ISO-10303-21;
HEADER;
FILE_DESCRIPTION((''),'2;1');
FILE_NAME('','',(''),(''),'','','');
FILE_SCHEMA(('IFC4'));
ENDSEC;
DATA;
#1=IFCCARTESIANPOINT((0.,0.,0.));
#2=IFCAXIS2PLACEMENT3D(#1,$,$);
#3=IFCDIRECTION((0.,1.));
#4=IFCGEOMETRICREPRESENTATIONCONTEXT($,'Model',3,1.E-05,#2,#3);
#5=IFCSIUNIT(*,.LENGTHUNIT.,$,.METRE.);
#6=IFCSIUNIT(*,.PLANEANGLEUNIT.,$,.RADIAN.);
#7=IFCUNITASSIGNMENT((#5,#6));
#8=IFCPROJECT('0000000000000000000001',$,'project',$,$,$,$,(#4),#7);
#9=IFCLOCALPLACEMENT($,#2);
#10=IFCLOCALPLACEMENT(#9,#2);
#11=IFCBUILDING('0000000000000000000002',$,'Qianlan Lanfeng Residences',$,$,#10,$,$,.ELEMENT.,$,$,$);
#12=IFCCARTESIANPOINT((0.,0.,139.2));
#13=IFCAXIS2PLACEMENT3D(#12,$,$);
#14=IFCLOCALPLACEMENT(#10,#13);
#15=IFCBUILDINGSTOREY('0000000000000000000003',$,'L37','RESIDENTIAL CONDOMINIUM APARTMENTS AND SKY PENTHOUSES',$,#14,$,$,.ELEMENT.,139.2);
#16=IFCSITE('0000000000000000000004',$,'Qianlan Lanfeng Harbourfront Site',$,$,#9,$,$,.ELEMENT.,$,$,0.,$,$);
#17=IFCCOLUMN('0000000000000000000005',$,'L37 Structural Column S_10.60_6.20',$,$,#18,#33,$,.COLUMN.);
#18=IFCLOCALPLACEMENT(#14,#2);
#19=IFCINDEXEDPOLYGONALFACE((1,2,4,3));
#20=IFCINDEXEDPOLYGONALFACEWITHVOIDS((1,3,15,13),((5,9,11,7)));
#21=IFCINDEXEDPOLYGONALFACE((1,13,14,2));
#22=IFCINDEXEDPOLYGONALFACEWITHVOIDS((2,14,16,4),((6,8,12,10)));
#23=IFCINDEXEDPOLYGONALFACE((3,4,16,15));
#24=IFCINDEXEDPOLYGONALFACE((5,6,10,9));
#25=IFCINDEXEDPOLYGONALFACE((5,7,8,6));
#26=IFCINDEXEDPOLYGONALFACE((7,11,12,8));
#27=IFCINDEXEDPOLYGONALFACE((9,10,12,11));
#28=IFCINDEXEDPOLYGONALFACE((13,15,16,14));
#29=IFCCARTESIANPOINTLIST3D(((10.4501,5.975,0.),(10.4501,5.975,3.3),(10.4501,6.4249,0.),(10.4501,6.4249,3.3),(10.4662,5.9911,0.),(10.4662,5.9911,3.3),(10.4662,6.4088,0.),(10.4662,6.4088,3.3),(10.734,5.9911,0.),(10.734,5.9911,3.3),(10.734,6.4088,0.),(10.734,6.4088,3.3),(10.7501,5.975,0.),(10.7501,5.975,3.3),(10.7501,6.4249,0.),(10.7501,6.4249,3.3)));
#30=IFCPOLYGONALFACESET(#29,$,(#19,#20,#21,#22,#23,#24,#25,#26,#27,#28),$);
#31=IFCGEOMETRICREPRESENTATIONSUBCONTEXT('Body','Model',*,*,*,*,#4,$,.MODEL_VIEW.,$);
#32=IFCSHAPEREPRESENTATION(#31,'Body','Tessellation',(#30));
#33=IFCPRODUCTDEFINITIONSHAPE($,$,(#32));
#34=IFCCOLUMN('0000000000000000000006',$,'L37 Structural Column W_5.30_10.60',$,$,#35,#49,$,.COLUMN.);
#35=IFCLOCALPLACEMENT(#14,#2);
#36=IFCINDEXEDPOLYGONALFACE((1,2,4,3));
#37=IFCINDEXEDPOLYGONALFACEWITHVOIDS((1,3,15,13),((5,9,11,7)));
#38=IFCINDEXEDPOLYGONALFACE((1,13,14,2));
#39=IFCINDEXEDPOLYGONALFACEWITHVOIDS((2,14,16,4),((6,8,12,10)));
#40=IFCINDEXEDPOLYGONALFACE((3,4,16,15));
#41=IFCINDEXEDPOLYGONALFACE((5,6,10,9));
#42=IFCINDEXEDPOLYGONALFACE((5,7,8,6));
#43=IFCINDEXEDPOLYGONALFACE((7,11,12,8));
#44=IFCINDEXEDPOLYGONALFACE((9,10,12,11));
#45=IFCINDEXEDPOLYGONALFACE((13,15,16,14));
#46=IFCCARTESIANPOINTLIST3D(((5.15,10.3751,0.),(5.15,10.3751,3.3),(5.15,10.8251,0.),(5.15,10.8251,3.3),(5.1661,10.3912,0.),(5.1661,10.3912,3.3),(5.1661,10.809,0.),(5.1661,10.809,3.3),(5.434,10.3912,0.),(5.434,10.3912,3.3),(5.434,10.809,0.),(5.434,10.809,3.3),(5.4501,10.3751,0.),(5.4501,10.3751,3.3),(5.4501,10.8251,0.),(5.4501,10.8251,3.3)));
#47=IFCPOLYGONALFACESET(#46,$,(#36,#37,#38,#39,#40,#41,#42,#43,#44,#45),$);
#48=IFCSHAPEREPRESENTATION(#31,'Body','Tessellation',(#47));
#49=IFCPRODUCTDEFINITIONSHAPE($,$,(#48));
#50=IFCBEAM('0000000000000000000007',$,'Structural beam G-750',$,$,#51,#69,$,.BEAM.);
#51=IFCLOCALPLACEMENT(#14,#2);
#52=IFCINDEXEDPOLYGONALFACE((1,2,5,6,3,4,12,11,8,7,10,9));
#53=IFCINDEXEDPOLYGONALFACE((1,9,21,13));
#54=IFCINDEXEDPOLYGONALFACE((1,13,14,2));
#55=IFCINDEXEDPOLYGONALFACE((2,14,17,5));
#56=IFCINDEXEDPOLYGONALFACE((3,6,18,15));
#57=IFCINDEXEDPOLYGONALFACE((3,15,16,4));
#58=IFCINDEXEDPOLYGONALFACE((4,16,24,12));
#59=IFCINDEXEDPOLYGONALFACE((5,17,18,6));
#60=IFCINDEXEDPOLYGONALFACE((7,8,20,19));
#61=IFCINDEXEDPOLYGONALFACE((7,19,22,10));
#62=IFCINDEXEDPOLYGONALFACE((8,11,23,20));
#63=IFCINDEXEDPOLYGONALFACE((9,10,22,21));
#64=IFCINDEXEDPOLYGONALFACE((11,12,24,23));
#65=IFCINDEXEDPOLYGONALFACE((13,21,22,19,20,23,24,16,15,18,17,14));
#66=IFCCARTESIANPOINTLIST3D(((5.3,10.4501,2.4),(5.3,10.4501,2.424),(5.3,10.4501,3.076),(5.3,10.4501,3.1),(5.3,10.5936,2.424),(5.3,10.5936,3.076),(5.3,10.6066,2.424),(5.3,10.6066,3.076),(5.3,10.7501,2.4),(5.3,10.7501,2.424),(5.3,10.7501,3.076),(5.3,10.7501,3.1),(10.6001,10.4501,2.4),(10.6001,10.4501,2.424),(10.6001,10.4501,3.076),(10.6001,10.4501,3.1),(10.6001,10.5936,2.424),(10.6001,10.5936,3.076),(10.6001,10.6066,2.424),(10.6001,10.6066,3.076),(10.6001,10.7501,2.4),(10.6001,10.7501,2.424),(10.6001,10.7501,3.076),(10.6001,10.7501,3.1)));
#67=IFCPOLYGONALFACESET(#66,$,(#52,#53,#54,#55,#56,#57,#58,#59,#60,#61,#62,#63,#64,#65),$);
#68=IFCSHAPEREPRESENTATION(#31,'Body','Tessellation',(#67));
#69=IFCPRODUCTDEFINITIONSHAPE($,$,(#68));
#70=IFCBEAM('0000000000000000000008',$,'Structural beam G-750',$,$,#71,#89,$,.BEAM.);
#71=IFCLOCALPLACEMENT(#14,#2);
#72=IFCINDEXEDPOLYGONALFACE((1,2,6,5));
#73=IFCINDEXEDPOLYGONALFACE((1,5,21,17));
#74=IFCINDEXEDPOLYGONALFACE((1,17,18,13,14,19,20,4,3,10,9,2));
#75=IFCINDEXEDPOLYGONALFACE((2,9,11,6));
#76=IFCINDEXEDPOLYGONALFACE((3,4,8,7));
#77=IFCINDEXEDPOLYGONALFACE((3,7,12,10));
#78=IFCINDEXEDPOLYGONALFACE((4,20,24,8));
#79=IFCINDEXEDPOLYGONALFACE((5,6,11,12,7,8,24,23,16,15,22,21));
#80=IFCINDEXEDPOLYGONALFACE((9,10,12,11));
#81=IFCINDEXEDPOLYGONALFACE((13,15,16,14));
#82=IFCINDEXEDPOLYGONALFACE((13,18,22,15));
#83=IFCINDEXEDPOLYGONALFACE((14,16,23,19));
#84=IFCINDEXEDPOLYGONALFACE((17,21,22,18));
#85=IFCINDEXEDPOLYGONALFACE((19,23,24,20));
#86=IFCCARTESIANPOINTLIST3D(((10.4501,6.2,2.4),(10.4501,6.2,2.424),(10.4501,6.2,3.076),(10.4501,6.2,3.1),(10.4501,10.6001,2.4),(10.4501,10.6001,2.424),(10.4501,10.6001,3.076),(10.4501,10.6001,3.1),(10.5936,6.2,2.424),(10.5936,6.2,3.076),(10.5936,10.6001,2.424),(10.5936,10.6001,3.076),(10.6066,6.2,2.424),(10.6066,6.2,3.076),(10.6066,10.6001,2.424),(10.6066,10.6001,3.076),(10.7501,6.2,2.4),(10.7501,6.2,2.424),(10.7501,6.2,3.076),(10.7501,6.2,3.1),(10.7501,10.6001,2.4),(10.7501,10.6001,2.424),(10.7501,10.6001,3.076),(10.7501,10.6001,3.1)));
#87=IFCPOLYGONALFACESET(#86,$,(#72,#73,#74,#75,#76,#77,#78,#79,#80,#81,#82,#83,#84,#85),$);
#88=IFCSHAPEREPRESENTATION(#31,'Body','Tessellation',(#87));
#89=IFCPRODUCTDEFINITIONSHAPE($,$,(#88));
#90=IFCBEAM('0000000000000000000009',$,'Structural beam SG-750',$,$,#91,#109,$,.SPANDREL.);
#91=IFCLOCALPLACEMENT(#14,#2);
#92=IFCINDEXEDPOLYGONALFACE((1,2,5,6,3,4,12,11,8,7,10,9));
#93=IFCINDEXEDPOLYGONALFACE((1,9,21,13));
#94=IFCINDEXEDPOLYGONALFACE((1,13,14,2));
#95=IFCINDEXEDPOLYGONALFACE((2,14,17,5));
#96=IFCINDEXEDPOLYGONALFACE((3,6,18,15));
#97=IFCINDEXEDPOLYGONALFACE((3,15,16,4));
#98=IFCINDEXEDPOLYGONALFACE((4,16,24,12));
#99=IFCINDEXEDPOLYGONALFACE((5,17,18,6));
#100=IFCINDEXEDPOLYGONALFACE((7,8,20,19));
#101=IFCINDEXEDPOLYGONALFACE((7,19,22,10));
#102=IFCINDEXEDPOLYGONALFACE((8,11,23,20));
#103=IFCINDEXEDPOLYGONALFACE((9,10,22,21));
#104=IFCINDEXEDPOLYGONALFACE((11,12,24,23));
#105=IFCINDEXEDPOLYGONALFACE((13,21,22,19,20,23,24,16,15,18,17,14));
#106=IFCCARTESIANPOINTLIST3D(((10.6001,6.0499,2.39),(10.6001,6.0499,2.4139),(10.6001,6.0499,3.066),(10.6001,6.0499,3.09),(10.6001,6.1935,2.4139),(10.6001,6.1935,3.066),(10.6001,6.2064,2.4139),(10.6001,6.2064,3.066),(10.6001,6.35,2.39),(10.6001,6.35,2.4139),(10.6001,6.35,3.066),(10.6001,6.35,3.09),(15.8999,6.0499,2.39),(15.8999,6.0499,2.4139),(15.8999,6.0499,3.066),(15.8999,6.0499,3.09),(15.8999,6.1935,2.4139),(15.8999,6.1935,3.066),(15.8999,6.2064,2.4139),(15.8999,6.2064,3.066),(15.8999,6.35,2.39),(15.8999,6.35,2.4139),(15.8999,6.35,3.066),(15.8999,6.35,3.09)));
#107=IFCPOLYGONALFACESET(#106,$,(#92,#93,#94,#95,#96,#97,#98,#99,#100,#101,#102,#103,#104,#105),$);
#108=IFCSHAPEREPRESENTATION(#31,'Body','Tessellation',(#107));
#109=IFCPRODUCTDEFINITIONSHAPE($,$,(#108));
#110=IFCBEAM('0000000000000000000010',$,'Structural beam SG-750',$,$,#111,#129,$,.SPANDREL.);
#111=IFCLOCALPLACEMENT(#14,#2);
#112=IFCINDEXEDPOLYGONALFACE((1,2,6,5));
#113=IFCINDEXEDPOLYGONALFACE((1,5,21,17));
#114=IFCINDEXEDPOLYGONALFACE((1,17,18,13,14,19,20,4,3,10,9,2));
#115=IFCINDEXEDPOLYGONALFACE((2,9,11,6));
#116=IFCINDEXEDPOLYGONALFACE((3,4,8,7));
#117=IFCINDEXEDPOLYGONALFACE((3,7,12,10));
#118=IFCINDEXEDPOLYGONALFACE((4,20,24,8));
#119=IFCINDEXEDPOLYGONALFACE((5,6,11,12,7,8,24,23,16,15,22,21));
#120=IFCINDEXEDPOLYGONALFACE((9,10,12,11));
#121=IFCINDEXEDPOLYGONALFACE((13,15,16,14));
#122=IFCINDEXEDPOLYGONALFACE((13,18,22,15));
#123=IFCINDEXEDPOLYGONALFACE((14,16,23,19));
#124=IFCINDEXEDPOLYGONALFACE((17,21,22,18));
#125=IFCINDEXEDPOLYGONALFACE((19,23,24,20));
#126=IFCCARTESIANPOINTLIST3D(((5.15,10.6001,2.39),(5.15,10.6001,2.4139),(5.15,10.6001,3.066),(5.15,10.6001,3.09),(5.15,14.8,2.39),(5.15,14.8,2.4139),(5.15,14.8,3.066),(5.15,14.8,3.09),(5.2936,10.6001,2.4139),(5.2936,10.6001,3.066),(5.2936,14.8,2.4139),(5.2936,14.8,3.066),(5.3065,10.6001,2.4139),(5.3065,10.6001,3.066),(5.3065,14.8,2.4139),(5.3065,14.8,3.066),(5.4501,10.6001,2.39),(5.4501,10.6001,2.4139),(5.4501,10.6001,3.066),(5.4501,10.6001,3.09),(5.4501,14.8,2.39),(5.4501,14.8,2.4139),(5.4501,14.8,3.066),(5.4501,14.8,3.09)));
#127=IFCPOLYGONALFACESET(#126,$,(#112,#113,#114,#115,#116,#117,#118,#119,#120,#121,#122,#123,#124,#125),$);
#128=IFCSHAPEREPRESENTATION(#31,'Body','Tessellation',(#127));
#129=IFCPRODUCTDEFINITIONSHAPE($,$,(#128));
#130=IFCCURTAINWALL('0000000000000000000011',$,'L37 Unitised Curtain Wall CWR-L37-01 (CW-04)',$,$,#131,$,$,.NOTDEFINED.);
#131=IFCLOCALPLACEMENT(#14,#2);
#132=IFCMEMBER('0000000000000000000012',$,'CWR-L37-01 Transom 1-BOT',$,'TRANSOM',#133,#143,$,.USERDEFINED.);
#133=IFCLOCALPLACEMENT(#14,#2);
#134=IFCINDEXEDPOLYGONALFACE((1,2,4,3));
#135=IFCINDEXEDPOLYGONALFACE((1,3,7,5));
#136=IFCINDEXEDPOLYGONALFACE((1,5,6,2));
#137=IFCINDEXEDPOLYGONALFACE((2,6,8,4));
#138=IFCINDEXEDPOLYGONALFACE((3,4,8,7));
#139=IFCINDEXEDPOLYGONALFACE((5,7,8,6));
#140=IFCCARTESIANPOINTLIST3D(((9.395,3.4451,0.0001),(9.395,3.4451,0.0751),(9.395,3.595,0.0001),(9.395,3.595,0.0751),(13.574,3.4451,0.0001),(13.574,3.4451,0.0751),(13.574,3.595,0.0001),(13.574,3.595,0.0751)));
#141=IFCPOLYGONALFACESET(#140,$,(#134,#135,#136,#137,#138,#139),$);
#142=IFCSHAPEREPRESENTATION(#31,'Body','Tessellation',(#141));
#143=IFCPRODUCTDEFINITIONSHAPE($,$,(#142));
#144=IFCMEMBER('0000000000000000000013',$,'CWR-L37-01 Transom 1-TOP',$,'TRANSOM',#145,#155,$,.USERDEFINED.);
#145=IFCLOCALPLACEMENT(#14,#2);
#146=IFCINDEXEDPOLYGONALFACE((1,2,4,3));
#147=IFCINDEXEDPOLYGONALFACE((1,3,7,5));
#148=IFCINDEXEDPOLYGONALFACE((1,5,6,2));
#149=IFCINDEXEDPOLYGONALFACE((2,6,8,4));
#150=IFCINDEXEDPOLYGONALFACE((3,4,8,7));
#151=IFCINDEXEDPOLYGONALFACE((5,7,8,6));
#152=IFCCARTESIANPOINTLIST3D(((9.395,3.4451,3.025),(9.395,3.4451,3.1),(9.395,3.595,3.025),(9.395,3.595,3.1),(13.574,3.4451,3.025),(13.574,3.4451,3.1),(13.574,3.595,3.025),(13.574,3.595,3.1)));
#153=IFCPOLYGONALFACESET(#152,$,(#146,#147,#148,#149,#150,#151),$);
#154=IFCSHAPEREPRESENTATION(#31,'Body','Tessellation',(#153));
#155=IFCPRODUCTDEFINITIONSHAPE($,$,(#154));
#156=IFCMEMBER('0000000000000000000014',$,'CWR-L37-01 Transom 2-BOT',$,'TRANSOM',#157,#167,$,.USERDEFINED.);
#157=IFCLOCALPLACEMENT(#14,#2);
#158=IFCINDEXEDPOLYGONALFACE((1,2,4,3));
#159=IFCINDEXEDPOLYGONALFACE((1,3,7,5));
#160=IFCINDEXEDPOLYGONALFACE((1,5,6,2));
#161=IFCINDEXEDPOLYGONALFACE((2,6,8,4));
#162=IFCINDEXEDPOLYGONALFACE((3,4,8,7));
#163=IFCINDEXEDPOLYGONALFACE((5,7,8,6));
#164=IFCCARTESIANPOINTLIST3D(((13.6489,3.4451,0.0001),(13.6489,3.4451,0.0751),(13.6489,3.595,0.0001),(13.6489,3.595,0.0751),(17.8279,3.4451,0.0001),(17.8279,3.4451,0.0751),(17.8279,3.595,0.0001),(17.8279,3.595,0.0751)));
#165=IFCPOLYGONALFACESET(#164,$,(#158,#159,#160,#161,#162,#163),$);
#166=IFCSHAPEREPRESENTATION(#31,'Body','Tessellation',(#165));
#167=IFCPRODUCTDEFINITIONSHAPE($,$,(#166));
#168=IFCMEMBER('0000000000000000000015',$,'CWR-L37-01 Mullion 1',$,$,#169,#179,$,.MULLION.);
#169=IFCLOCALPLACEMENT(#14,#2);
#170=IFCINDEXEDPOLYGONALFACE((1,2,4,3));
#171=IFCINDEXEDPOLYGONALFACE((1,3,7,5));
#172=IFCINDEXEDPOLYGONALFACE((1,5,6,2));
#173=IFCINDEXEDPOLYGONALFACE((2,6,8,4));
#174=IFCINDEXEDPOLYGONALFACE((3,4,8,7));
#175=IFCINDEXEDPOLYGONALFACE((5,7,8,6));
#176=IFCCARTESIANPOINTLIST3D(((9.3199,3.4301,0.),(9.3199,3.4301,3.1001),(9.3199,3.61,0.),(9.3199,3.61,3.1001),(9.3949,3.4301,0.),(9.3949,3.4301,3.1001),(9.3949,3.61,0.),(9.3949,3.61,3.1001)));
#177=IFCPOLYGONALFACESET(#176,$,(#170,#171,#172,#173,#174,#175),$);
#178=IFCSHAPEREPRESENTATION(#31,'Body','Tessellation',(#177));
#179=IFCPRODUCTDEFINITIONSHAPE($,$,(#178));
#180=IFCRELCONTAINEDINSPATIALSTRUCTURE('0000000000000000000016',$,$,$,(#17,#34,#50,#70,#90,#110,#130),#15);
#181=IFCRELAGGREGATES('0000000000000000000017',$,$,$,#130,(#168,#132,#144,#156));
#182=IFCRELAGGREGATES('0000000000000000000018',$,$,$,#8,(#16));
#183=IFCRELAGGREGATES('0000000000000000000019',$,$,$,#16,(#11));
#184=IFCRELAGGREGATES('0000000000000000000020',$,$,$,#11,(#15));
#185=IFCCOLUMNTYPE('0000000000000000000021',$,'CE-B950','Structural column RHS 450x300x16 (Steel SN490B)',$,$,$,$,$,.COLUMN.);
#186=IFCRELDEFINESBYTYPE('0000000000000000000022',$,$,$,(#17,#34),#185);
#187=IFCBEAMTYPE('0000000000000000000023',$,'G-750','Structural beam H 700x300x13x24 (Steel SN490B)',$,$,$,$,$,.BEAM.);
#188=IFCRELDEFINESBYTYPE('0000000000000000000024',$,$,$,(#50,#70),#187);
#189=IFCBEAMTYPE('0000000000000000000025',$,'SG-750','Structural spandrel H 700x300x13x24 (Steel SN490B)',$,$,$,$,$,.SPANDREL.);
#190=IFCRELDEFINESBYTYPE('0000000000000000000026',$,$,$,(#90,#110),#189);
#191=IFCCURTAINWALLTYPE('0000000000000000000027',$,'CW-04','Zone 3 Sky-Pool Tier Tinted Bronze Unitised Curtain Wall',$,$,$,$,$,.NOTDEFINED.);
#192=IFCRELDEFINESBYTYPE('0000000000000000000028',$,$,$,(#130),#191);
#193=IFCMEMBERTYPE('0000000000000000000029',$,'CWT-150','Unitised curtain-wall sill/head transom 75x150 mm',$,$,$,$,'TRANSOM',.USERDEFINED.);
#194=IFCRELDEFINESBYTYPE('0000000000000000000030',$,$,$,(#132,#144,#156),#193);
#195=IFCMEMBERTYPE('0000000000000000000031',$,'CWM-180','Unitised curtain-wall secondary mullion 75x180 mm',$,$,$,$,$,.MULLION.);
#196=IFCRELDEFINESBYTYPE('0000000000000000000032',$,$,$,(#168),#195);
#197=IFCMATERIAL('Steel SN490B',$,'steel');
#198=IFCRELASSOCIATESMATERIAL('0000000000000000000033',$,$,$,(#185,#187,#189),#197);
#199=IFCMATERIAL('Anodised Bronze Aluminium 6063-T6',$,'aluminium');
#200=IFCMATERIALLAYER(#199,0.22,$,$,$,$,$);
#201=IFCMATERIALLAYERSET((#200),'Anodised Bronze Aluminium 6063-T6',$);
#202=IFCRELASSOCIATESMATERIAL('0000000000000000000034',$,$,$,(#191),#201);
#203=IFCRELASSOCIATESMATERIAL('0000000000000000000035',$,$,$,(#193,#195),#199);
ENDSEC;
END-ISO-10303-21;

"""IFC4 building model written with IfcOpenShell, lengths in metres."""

from ifc_helpers import new_model, si_unit, direction, frame, origin, origin_2d, place, context, subcontext, project, spatial, rectangle, hollow_rectangle, i_section, extrude, source, transform, mapped, material, layer, layer_set, material_profile, profile_set, type_object, element, aggregate, save


model = new_model("IFC4")

# Units and contexts
model_context = context("Model", 3, precision=1e-05, world=origin(), true_north=direction((0.0, 1.0)))
body_context = subcontext(model_context, "Body", "Model", "MODEL_VIEW")
ifc_project = project(units=[si_unit("LENGTHUNIT", "METRE"), si_unit("PLANEANGLEUNIT", "RADIAN")], contexts=[model_context])

# Site, building, storey
site_placement = place(None, origin())
site = spatial("IfcSite", under=ifc_project, at=site_placement, Name="Qianlan Lanfeng Harbourfront Site", CompositionType="ELEMENT", RefElevation=0.0)
building_placement = place(site_placement, origin())
building = spatial("IfcBuilding", under=site, at=building_placement, Name="Qianlan Lanfeng Residences", CompositionType="ELEMENT")
storey_placement = place(building_placement, frame((0.0, 0.0, 139.2)))
storey = spatial("IfcBuildingStorey", under=building, at=storey_placement, Name="L37", Description="RESIDENTIAL CONDOMINIUM APARTMENTS AND SKY PENTHOUSES", CompositionType="ELEMENT", Elevation=139.2)

# Columns
ifc_material_1 = material(Name="Steel SN490B", Category="steel")
ifc_material_profile_1 = material_profile(ifc_material_1, hollow_rectangle(XDim=0.3, YDim=0.45, WallThickness=0.0161, at=origin_2d()), Name="RHS 450x300x16")
ifc_profile_set_1 = profile_set([ifc_material_profile_1], Name="Steel SN490B")
column_type = type_object("IfcColumnType", Name="CE-B950", Description="Structural column RHS 450x300x16 (Steel SN490B)", PredefinedType="COLUMN", material=ifc_profile_set_1)
for number, where, z_axis, x_axis, name in (
    (1, (10.6001, 6.2, 0.0), (0.0, 0.0, 1.0), (1.0, 0.0, 0.0), "L37 Structural Column S_10.60_6.20"),
    (2, (5.3, 10.6001, 0.0), (0.0, 0.0, 1.0), (1.0, 0.0, 0.0), "L37 Structural Column W_5.30_10.60"),
):
    element("IfcColumn", number, at=place(storey_placement, frame(where, z_axis=z_axis, x_axis=x_axis)), inside=storey, type_object=column_type, Name=name, PredefinedType="COLUMN", context=body_context, shape_type="SweptSolid", body=[
        extrude(hollow_rectangle(XDim=0.3, YDim=0.45, WallThickness=0.0161, at=origin_2d()), origin(), (0.0, 0.0, 1.0), 3.3),
    ])

# Beams
ifc_material_profile_2 = material_profile(ifc_material_1, i_section(OverallWidth=0.3, OverallDepth=0.7, WebThickness=0.0129, FlangeThickness=0.0239, at=origin_2d()), Name="H 700x300x13x24")
ifc_profile_set_2 = profile_set([ifc_material_profile_2], Name="Steel SN490B")
beam_type_1 = type_object("IfcBeamType", Name="G-750", Description="Structural beam H 700x300x13x24 (Steel SN490B)", PredefinedType="BEAM", material=ifc_profile_set_2)
beam_1_placement = place(storey_placement, frame((5.3, 10.6001, 2.75), z_axis=(1.0, 0.0, 0.0), x_axis=(0.0, 1.0, 0.0)))
element("IfcBeam", 3, at=beam_1_placement, inside=storey, type_object=beam_type_1, Name="Structural beam G-750", PredefinedType="BEAM", context=body_context, shape_type="SweptSolid", body=[
    extrude(i_section(OverallWidth=0.3, OverallDepth=0.7, WebThickness=0.0129, FlangeThickness=0.0239, at=origin_2d()), origin(), (0.0, 0.0, 1.0), 5.3),
])
beam_2_placement = place(storey_placement, frame((10.6001, 6.2, 2.75), z_axis=(0.0, 1.0, 0.0), x_axis=(-1.0, 0.0, 0.0)))
element("IfcBeam", 4, at=beam_2_placement, inside=storey, type_object=beam_type_1, Name="Structural beam G-750", PredefinedType="BEAM", context=body_context, shape_type="SweptSolid", body=[
    extrude(i_section(OverallWidth=0.3, OverallDepth=0.7, WebThickness=0.0129, FlangeThickness=0.0239, at=origin_2d()), origin(), (0.0, 0.0, 1.0), 4.4001),
])
ifc_material_profile_3 = material_profile(ifc_material_1, i_section(OverallWidth=0.3, OverallDepth=0.7, WebThickness=0.0129, FlangeThickness=0.0239, at=origin_2d()), Name="H 700x300x13x24")
ifc_profile_set_3 = profile_set([ifc_material_profile_3], Name="Steel SN490B")
beam_type_2 = type_object("IfcBeamType", Name="SG-750", Description="Structural spandrel H 700x300x13x24 (Steel SN490B)", PredefinedType="SPANDREL", material=ifc_profile_set_3)
beam_3_placement = place(storey_placement, frame((10.6001, 6.2, 2.74), z_axis=(1.0, 0.0, 0.0), x_axis=(0.0, 1.0, 0.0)))
element("IfcBeam", 5, at=beam_3_placement, inside=storey, type_object=beam_type_2, Name="Structural beam SG-750", PredefinedType="SPANDREL", context=body_context, shape_type="SweptSolid", body=[
    extrude(i_section(OverallWidth=0.3, OverallDepth=0.7, WebThickness=0.0129, FlangeThickness=0.0239, at=origin_2d()), origin(), (0.0, 0.0, 1.0), 5.2998),
])
beam_4_placement = place(storey_placement, frame((5.3, 10.6001, 2.74), z_axis=(0.0, 1.0, 0.0), x_axis=(-1.0, 0.0, 0.0)))
element("IfcBeam", 6, at=beam_4_placement, inside=storey, type_object=beam_type_2, Name="Structural beam SG-750", PredefinedType="SPANDREL", context=body_context, shape_type="SweptSolid", body=[
    extrude(i_section(OverallWidth=0.3, OverallDepth=0.7, WebThickness=0.0129, FlangeThickness=0.0239, at=origin_2d()), origin(), (0.0, 0.0, 1.0), 4.2),
])

# Curtain wall, members
ifc_material_2 = material(Name="Anodised Bronze Aluminium 6063-T6", Category="aluminium")
ifc_layer_1 = layer(ifc_material_2, 0.22)
ifc_layer_set_1 = layer_set([ifc_layer_1], Name="Anodised Bronze Aluminium 6063-T6")
curtain_wall_type = type_object("IfcCurtainWallType", Name="CW-04", Description="Zone 3 Sky-Pool Tier Tinted Bronze Unitised Curtain Wall", PredefinedType="NOTDEFINED", material=ifc_layer_set_1)
curtain_wall_placement = place(storey_placement, origin())
curtain_wall = element("IfcCurtainWall", 7, at=curtain_wall_placement, inside=storey, type_object=curtain_wall_type, Name="L37 Unitised Curtain Wall CWR-L37-01 (CW-04)", PredefinedType="NOTDEFINED")
ifc_material_profile_4 = material_profile(ifc_material_2, rectangle(XDim=0.075, YDim=0.1499, at=origin_2d()), Name="ALU TRANSOM 75x150")
ifc_profile_set_4 = profile_set([ifc_material_profile_4], Name="Anodised Bronze Aluminium 6063-T6")
member_type_1 = type_object("IfcMemberType", Name="CWT-150", Description="Unitised curtain-wall sill/head transom 75x150 mm", ElementType="TRANSOM", PredefinedType="USERDEFINED", material=ifc_profile_set_4)
shared_shape_1 = source(origin(), body_context, "Body", "SweptSolid", [
    extrude(rectangle(XDim=0.075, YDim=0.1499, at=origin_2d()), origin(), (0.0, 0.0, 1.0), 4.179),
])
member_1_placement = place(storey_placement, frame((9.395, 3.52, 0.0376), z_axis=(1.0, 0.0, 0.0), x_axis=(0.0, 0.0, 1.0)))
member_1 = element("IfcMember", 8, at=member_1_placement, type_object=member_type_1, Name="CWR-L37-01 Transom 1-BOT", ObjectType="TRANSOM", PredefinedType="USERDEFINED", context=body_context, shape_type="MappedRepresentation", body=[
    mapped(shared_shape_1, transform((0.0, 0.0, 0.0), scale=1.0)),
])
member_2_placement = place(storey_placement, frame((9.395, 3.52, 3.0625), z_axis=(1.0, 0.0, 0.0), x_axis=(0.0, 0.0, 1.0)))
member_2 = element("IfcMember", 9, at=member_2_placement, type_object=member_type_1, Name="CWR-L37-01 Transom 1-TOP", ObjectType="TRANSOM", PredefinedType="USERDEFINED", context=body_context, shape_type="MappedRepresentation", body=[
    mapped(shared_shape_1, transform((0.0, 0.0, 0.0), scale=1.0)),
])
member_3_placement = place(storey_placement, frame((13.6489, 3.52, 0.0376), z_axis=(1.0, 0.0, 0.0), x_axis=(0.0, 0.0, 1.0)))
member_3 = element("IfcMember", 10, at=member_3_placement, type_object=member_type_1, Name="CWR-L37-01 Transom 2-BOT", ObjectType="TRANSOM", PredefinedType="USERDEFINED", context=body_context, shape_type="MappedRepresentation", body=[
    mapped(shared_shape_1, transform((0.0, 0.0, 0.0), scale=1.0)),
])
ifc_material_profile_5 = material_profile(ifc_material_2, rectangle(XDim=0.075, YDim=0.1799, at=origin_2d()), Name="ALU MULLION 75x180")
ifc_profile_set_5 = profile_set([ifc_material_profile_5], Name="Anodised Bronze Aluminium 6063-T6")
member_type_2 = type_object("IfcMemberType", Name="CWM-180", Description="Unitised curtain-wall secondary mullion 75x180 mm", PredefinedType="MULLION", material=ifc_profile_set_5)
shared_shape_2 = source(origin(), body_context, "Body", "SweptSolid", [
    extrude(rectangle(XDim=0.075, YDim=0.1799, at=origin_2d()), origin(), (0.0, 0.0, 1.0), 3.1001),
])
member_4_placement = place(storey_placement, frame((9.3574, 3.52, 0.0), z_axis=(0.0, 0.0, 1.0), x_axis=(1.0, 0.0, 0.0)))
member_4 = element("IfcMember", 11, at=member_4_placement, type_object=member_type_2, Name="CWR-L37-01 Mullion 1", PredefinedType="MULLION", context=body_context, shape_type="MappedRepresentation", body=[
    mapped(shared_shape_2, transform((0.0, 0.0, 0.0), scale=1.0)),
])
aggregate(curtain_wall, [member_4, member_1, member_2, member_3])

save(model, "model.ifc")
